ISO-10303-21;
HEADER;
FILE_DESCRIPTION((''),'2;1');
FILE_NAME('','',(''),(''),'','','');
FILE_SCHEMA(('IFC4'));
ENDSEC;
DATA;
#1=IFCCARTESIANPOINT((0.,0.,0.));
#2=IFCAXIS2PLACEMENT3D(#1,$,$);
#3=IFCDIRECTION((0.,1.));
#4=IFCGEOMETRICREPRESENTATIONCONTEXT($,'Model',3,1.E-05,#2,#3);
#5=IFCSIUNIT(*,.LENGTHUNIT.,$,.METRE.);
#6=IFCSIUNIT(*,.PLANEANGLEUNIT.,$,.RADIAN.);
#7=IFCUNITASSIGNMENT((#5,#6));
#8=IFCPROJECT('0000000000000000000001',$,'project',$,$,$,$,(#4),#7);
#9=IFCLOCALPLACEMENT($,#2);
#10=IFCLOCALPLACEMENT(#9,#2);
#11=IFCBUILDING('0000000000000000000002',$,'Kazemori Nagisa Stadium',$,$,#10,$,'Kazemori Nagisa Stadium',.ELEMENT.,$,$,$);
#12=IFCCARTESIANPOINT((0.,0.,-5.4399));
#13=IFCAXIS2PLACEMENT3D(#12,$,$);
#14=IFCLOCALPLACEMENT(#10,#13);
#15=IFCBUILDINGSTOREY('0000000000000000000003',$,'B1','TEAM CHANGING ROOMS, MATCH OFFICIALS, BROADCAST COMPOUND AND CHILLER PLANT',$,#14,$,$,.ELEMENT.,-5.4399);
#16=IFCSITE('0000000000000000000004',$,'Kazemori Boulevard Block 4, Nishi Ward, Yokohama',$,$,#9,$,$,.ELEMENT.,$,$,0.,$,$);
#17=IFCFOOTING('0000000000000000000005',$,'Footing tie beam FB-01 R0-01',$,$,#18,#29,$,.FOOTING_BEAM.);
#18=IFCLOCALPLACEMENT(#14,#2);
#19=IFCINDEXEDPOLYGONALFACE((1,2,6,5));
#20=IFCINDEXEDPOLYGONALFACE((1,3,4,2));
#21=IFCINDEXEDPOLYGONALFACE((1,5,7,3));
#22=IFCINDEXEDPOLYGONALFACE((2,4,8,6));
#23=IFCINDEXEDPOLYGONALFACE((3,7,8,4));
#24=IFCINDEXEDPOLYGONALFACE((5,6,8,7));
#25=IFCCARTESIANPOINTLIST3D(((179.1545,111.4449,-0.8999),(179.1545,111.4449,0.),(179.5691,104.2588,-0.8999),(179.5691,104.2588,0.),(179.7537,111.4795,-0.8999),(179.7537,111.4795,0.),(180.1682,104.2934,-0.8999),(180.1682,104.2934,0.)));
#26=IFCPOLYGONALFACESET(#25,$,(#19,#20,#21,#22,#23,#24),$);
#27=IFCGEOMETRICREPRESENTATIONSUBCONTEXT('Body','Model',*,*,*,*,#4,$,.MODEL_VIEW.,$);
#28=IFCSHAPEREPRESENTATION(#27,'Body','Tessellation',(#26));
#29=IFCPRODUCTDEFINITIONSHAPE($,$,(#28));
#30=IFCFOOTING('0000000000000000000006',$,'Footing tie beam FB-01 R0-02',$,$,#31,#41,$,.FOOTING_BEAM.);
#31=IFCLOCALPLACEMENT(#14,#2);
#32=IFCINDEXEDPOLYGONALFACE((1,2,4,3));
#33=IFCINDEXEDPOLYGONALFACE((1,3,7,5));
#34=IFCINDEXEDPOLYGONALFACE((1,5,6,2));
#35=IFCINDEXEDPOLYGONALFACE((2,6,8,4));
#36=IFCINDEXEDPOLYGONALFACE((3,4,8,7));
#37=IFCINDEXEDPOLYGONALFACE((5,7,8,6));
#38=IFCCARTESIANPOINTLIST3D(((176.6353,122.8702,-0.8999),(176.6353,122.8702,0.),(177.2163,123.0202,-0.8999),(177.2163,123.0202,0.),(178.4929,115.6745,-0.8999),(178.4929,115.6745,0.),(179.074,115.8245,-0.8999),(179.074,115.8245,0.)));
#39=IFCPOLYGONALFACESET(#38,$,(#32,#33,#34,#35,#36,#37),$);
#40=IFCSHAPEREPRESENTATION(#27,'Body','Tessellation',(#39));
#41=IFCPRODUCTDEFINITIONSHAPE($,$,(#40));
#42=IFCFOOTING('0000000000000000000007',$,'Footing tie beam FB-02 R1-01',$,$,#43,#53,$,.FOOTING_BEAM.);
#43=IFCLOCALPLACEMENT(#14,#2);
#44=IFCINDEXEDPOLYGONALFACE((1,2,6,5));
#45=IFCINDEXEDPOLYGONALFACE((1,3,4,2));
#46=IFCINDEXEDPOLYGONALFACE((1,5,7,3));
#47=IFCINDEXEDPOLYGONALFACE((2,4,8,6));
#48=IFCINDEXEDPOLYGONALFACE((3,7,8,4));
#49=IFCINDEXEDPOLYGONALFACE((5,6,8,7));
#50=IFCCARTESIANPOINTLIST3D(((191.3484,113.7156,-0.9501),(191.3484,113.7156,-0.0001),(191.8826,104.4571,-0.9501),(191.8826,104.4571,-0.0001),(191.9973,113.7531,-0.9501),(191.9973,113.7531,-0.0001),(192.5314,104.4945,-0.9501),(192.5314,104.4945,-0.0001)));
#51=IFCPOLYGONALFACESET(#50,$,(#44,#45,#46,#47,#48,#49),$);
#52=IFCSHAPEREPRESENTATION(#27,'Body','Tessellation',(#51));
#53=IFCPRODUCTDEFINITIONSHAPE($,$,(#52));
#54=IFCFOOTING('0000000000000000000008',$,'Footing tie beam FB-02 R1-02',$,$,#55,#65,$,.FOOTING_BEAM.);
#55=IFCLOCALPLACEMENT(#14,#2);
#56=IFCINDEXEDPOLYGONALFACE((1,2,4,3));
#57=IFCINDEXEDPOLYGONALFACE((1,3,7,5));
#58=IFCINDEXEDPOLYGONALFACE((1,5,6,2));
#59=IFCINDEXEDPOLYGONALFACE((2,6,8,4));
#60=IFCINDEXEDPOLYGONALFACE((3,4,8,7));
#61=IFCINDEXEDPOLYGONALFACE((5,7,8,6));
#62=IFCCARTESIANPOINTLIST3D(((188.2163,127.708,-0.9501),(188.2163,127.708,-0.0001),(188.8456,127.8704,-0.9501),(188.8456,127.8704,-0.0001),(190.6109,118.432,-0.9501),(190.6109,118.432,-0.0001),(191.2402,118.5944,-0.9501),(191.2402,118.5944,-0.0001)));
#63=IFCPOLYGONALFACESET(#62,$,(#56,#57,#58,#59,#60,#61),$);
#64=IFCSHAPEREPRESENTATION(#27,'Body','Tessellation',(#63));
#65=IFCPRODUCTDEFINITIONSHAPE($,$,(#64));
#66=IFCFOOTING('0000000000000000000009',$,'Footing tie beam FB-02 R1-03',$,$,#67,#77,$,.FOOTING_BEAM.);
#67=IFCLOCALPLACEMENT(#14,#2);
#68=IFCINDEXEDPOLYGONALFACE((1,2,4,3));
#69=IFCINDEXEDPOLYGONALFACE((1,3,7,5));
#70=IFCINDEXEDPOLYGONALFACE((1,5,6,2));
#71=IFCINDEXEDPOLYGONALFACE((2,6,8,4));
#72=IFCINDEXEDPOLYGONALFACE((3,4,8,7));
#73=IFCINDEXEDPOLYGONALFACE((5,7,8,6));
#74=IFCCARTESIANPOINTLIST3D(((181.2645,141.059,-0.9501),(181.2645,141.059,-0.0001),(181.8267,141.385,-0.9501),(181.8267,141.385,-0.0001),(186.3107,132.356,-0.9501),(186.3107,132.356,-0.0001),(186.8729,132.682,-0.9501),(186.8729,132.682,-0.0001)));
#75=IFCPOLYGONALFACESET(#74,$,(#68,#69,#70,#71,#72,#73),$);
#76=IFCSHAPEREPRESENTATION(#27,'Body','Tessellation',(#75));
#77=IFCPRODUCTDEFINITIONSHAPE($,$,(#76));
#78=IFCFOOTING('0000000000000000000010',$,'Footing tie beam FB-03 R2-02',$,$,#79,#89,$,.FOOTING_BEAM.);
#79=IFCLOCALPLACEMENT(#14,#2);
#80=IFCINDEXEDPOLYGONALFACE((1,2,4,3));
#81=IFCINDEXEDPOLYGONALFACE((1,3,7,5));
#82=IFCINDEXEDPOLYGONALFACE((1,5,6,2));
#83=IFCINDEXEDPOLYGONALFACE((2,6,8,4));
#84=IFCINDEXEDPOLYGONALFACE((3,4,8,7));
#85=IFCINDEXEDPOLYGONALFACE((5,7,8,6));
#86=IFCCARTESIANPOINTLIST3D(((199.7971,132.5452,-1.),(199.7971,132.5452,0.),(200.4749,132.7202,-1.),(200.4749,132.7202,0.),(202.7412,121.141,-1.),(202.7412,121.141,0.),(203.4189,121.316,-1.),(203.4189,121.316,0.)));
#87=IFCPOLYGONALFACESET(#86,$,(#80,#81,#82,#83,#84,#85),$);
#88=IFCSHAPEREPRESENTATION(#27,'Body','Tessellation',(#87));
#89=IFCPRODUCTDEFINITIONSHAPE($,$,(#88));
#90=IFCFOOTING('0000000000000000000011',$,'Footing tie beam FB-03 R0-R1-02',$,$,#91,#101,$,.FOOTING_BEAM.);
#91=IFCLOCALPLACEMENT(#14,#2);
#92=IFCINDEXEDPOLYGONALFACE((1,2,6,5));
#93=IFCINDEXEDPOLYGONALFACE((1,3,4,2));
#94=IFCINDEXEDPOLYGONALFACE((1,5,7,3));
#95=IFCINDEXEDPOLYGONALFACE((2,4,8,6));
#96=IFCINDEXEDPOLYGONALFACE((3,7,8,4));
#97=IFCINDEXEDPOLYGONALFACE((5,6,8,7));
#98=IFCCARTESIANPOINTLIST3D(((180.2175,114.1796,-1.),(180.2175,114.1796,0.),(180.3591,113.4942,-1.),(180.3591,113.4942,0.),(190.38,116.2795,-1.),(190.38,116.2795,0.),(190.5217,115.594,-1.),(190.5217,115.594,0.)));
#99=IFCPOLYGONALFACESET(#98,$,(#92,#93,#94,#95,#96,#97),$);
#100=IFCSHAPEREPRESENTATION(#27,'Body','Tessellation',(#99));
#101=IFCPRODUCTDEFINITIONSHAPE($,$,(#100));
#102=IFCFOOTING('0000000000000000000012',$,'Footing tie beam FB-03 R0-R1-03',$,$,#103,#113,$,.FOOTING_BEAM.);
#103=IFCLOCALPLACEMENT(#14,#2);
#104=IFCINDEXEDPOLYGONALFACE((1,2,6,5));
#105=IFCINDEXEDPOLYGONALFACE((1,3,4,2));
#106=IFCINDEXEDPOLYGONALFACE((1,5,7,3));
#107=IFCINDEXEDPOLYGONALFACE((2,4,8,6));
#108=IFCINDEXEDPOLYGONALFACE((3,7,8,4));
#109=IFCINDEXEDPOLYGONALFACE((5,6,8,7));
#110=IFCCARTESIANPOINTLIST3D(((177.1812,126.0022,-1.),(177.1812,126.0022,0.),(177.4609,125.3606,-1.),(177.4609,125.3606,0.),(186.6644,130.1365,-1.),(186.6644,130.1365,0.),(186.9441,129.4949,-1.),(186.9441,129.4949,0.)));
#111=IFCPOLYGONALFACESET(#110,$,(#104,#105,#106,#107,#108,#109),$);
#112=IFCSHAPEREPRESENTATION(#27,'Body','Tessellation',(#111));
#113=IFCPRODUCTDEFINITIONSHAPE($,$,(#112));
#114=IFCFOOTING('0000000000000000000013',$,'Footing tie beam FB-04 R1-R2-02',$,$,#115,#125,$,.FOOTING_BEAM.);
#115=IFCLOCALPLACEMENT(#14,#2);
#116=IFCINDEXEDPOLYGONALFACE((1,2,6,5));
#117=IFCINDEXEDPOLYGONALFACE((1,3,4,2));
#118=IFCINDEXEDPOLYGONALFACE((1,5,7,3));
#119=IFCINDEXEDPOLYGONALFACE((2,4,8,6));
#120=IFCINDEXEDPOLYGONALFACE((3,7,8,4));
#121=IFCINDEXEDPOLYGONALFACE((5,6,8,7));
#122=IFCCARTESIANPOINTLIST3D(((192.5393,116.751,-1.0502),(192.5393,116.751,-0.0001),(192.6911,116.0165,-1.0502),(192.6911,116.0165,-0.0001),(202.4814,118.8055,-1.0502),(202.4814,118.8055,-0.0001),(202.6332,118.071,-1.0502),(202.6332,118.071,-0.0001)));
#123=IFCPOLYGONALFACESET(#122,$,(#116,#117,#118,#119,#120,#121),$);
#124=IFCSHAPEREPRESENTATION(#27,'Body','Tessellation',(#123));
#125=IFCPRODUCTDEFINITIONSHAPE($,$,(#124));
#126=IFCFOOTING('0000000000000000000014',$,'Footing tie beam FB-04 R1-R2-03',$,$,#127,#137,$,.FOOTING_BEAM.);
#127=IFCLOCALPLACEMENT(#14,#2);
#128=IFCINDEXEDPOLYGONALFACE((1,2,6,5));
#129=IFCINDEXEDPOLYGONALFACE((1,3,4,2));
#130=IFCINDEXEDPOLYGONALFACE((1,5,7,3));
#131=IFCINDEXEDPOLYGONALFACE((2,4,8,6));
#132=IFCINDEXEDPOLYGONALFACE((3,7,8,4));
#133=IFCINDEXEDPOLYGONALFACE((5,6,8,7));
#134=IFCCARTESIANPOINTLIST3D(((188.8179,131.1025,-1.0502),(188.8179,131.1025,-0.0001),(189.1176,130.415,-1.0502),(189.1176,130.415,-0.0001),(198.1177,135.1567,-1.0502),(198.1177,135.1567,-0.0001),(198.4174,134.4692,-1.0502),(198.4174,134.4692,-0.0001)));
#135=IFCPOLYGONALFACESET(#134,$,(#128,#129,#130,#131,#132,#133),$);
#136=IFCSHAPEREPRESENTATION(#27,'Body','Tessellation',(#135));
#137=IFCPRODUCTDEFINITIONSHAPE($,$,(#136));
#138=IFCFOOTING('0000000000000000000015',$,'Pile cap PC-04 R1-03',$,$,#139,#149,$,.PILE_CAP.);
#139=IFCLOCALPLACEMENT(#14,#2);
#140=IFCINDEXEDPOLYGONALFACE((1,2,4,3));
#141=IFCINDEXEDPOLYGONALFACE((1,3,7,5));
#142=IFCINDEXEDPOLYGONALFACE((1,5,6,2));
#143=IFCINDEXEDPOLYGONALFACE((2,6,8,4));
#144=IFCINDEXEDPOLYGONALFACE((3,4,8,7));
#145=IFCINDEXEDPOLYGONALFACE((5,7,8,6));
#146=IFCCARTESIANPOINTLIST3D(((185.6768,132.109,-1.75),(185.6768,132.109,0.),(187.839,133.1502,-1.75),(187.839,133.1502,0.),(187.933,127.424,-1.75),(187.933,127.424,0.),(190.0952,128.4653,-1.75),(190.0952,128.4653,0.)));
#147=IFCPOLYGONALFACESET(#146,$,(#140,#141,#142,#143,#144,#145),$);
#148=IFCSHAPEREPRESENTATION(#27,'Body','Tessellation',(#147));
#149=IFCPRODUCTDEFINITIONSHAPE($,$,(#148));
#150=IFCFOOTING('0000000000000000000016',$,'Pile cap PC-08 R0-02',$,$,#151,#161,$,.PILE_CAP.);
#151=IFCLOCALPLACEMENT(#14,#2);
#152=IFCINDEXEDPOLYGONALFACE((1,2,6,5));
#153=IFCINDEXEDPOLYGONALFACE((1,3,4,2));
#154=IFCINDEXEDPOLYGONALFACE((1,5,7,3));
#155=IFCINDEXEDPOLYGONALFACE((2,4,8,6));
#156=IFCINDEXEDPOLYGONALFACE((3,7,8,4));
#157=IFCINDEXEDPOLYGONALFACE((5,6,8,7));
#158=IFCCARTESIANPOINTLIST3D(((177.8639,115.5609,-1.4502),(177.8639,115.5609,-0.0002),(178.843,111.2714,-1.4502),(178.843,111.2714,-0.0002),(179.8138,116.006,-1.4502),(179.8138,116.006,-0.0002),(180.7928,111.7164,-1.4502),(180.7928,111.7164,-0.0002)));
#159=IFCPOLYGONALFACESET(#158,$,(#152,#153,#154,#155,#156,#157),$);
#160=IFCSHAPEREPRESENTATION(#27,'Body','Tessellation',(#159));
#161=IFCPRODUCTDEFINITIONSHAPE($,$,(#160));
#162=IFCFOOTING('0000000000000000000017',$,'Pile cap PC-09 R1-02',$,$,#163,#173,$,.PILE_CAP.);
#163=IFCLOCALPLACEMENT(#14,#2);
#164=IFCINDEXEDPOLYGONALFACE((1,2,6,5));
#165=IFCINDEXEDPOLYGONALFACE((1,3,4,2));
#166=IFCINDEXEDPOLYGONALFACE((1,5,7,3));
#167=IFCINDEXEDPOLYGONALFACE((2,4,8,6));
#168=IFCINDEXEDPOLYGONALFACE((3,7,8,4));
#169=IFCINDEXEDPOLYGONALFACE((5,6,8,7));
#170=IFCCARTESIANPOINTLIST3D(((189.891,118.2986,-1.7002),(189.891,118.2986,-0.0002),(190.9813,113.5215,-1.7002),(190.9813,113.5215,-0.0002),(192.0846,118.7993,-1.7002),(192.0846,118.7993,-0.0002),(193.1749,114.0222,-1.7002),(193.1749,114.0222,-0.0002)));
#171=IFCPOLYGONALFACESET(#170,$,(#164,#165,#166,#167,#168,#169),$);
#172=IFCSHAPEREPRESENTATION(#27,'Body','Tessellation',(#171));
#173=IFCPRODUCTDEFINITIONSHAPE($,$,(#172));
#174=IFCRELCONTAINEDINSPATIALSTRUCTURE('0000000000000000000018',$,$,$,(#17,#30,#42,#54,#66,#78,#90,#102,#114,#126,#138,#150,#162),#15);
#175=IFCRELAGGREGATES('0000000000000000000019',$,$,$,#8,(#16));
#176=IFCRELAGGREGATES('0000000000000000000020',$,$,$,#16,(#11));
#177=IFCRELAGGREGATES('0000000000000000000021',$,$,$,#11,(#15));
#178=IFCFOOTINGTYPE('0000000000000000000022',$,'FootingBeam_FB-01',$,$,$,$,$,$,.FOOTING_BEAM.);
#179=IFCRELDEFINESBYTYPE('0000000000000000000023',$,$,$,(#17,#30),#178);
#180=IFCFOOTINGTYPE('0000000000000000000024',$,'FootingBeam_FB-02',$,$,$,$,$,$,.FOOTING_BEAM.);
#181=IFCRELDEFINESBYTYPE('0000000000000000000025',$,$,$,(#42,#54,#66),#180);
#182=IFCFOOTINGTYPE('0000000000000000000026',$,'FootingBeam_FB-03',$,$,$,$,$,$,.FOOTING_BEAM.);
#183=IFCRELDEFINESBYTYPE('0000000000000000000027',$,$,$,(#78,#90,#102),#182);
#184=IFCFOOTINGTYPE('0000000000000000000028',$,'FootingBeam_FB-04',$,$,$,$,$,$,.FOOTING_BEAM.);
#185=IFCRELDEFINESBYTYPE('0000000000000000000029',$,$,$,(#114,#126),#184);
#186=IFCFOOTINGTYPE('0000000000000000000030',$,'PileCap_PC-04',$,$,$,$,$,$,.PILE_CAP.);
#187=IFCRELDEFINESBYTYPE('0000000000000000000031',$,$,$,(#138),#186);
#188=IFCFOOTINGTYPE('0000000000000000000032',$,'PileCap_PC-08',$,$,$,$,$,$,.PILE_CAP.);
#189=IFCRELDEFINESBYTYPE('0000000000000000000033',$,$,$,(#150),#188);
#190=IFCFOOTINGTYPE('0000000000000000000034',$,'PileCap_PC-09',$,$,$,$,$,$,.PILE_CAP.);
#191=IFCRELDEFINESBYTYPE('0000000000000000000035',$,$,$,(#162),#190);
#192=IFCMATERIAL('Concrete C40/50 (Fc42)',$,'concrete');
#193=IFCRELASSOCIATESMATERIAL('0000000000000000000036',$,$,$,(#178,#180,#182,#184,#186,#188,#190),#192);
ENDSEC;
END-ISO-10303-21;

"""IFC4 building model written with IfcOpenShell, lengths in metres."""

from ifc_helpers import new_model, si_unit, direction, frame, origin, origin_2d, place, context, subcontext, project, spatial, rectangle, extrude, material, material_profile, profile_set, type_object, element, save


model = new_model("IFC4")

# Units and contexts
model_context = context("Model", 3, precision=1e-05, world=origin(), true_north=direction((0.0, 1.0)))
body_context = subcontext(model_context, "Body", "Model", "MODEL_VIEW")
ifc_project = project(units=[si_unit("LENGTHUNIT", "METRE"), si_unit("PLANEANGLEUNIT", "RADIAN")], contexts=[model_context])

# Site, building, storey
site_placement = place(None, origin())
site = spatial("IfcSite", under=ifc_project, at=site_placement, Name="Kazemori Boulevard Block 4, Nishi Ward, Yokohama", CompositionType="ELEMENT", RefElevation=0.0)
building_placement = place(site_placement, origin())
building = spatial("IfcBuilding", under=site, at=building_placement, Name="Kazemori Nagisa Stadium", LongName="Kazemori Nagisa Stadium", CompositionType="ELEMENT")
storey_placement = place(building_placement, frame((0.0, 0.0, -5.4399)))
storey = spatial("IfcBuildingStorey", under=building, at=storey_placement, Name="B1", Description="TEAM CHANGING ROOMS, MATCH OFFICIALS, BROADCAST COMPOUND AND CHILLER PLANT", CompositionType="ELEMENT", Elevation=-5.4399)

# Footings
ifc_material_1 = material(Name="Concrete C40/50 (Fc42)", Category="concrete")
ifc_material_profile_1 = material_profile(ifc_material_1, rectangle(XDim=0.6001, YDim=0.8999, at=origin_2d()), Name="RC-FB-600x900")
ifc_profile_set_1 = profile_set([ifc_material_profile_1], Name="Concrete C40/50 (Fc42)")
footing_type_1 = type_object("IfcFootingType", Name="FootingBeam_FB-01", PredefinedType="FOOTING_BEAM", material=ifc_profile_set_1)
footing_1_placement = place(storey_placement, frame((179.8687, 104.2761, -0.45), z_axis=(-0.057593, 0.99834, 0.0), x_axis=(-0.99834, -0.057593, 0.0)))
element("IfcFooting", 1, at=footing_1_placement, inside=storey, type_object=footing_type_1, Name="Footing tie beam FB-01 R0-01", PredefinedType="FOOTING_BEAM", context=body_context, shape_type="SweptSolid", body=[
    extrude(rectangle(XDim=0.6001, YDim=0.8999, at=origin_2d()), origin(), (0.0, 0.0, 1.0), 7.198),
])
footing_2_placement = place(storey_placement, frame((178.7834, 115.7495, -0.45), z_axis=(-0.249964, 0.968255, 0.0), x_axis=(-0.968255, -0.249964, 0.0)))
element("IfcFooting", 2, at=footing_2_placement, inside=storey, type_object=footing_type_1, Name="Footing tie beam FB-01 R0-02", PredefinedType="FOOTING_BEAM", context=body_context, shape_type="SweptSolid", body=[
    extrude(rectangle(XDim=0.6001, YDim=0.8999, at=origin_2d()), origin(), (0.0, 0.0, 1.0), 7.4316),
])
ifc_material_profile_2 = material_profile(ifc_material_1, rectangle(XDim=0.6499, YDim=0.95, at=origin_2d()), Name="RC-FB-650x950")
ifc_profile_set_2 = profile_set([ifc_material_profile_2], Name="Concrete C40/50 (Fc42)")
footing_type_2 = type_object("IfcFootingType", Name="FootingBeam_FB-02", PredefinedType="FOOTING_BEAM", material=ifc_profile_set_2)
footing_3_placement = place(storey_placement, frame((192.207, 104.4758, -0.4751), z_axis=(-0.0576, 0.99834, 0.0), x_axis=(-0.99834, -0.0576, 0.0)))
element("IfcFooting", 3, at=footing_3_placement, inside=storey, type_object=footing_type_2, Name="Footing tie beam FB-02 R1-01", PredefinedType="FOOTING_BEAM", context=body_context, shape_type="SweptSolid", body=[
    extrude(rectangle(XDim=0.6499, YDim=0.95, at=origin_2d()), origin(), (0.0, 0.0, 1.0), 9.2739),
])
footing_4_placement = place(storey_placement, frame((190.9255, 118.5132, -0.4751), z_axis=(-0.249952, 0.968258, 0.0), x_axis=(-0.968258, -0.249952, 0.0)))
element("IfcFooting", 4, at=footing_4_placement, inside=storey, type_object=footing_type_2, Name="Footing tie beam FB-02 R1-02", PredefinedType="FOOTING_BEAM", context=body_context, shape_type="SweptSolid", body=[
    extrude(rectangle(XDim=0.6499, YDim=0.95, at=origin_2d()), origin(), (0.0, 0.0, 1.0), 9.5801),
])
footing_5_placement = place(storey_placement, frame((186.5918, 132.519, -0.4751), z_axis=(-0.501604, 0.865097, 0.0), x_axis=(-0.865097, -0.501604, 0.0)))
element("IfcFooting", 5, at=footing_5_placement, inside=storey, type_object=footing_type_2, Name="Footing tie beam FB-02 R1-03", PredefinedType="FOOTING_BEAM", context=body_context, shape_type="SweptSolid", body=[
    extrude(rectangle(XDim=0.6499, YDim=0.95, at=origin_2d()), origin(), (0.0, 0.0, 1.0), 10.0601),
])
ifc_material_profile_3 = material_profile(ifc_material_1, rectangle(XDim=0.7, YDim=1.0, at=origin_2d()), Name="RC-FB-700x1000")
ifc_profile_set_3 = profile_set([ifc_material_profile_3], Name="Concrete C40/50 (Fc42)")
footing_type_3 = type_object("IfcFootingType", Name="FootingBeam_FB-03", PredefinedType="FOOTING_BEAM", material=ifc_profile_set_3)
footing_6_placement = place(storey_placement, frame((203.0801, 121.2285, -0.5), z_axis=(-0.249961, 0.968256, 0.0), x_axis=(-0.968256, -0.249961, 0.0)))
element("IfcFooting", 6, at=footing_6_placement, inside=storey, type_object=footing_type_3, Name="Footing tie beam FB-03 R2-02", PredefinedType="FOOTING_BEAM", context=body_context, shape_type="SweptSolid", body=[
    extrude(rectangle(XDim=0.7, YDim=1.0, at=origin_2d()), origin(), (0.0, 0.0, 1.0), 11.7781),
])
footing_7_placement = place(storey_placement, frame((180.2883, 113.8369, -0.5), z_axis=(0.979313, 0.202351, 0.0), x_axis=(-0.202351, 0.979313, 0.0)))
element("IfcFooting", 7, at=footing_7_placement, inside=storey, type_object=footing_type_3, Name="Footing tie beam FB-03 R0-R1-02", PredefinedType="FOOTING_BEAM", context=body_context, shape_type="SweptSolid", body=[
    extrude(rectangle(XDim=0.7, YDim=1.0, at=origin_2d()), origin(), (0.0, 0.0, 1.0), 10.3772),
])
footing_8_placement = place(storey_placement, frame((177.321, 125.6814, -0.5), z_axis=(0.916675, 0.399634, 0.0), x_axis=(-0.399634, 0.916675, 0.0)))
element("IfcFooting", 8, at=footing_8_placement, inside=storey, type_object=footing_type_3, Name="Footing tie beam FB-03 R0-R1-03", PredefinedType="FOOTING_BEAM", context=body_context, shape_type="SweptSolid", body=[
    extrude(rectangle(XDim=0.7, YDim=1.0, at=origin_2d()), origin(), (0.0, 0.0, 1.0), 10.3452),
])
ifc_material_profile_4 = material_profile(ifc_material_1, rectangle(XDim=0.75, YDim=1.05, at=origin_2d()), Name="RC-FB-750x1050")
ifc_profile_set_4 = profile_set([ifc_material_profile_4], Name="Concrete C40/50 (Fc42)")
footing_type_4 = type_object("IfcFootingType", Name="FootingBeam_FB-04", PredefinedType="FOOTING_BEAM", material=ifc_profile_set_4)
footing_9_placement = place(storey_placement, frame((192.6152, 116.3838, -0.5251), z_axis=(0.97931, 0.202365, 0.0), x_axis=(-0.202365, 0.97931, 0.0)))
element("IfcFooting", 9, at=footing_9_placement, inside=storey, type_object=footing_type_4, Name="Footing tie beam FB-04 R1-R2-02", PredefinedType="FOOTING_BEAM", context=body_context, shape_type="SweptSolid", body=[
    extrude(rectangle(XDim=0.75, YDim=1.05, at=origin_2d()), origin(), (0.0, 0.0, 1.0), 10.1521),
])
footing_10_placement = place(storey_placement, frame((188.9678, 130.7588, -0.5251), z_axis=(0.91668, 0.399622, 0.0), x_axis=(-0.399622, 0.91668, 0.0)))
element("IfcFooting", 10, at=footing_10_placement, inside=storey, type_object=footing_type_4, Name="Footing tie beam FB-04 R1-R2-03", PredefinedType="FOOTING_BEAM", context=body_context, shape_type="SweptSolid", body=[
    extrude(rectangle(XDim=0.75, YDim=1.05, at=origin_2d()), origin(), (0.0, 0.0, 1.0), 10.145),
])
footing_type_5 = type_object("IfcFootingType", Name="PileCap_PC-04", PredefinedType="PILE_CAP", material=ifc_material_1)
footing_11_placement = place(storey_placement, frame((187.886, 130.2871, -1.75), z_axis=(0.0, 0.0, 1.0), x_axis=(-0.433884, 0.900969, 0.0)))
element("IfcFooting", 11, at=footing_11_placement, inside=storey, type_object=footing_type_5, Name="Pile cap PC-04 R1-03", PredefinedType="PILE_CAP", context=body_context, shape_type="SweptSolid", body=[
    extrude(rectangle(XDim=5.2, YDim=2.3999, at=origin_2d()), origin(), (0.0, 0.0, 1.0), 1.75),
])
footing_type_6 = type_object("IfcFootingType", Name="PileCap_PC-08", PredefinedType="PILE_CAP", material=ifc_material_1)
footing_12_placement = place(storey_placement, frame((179.3284, 113.6387, -1.4502), z_axis=(0.0, 0.0, 1.0), x_axis=(-0.222521, 0.974928, 0.0)))
element("IfcFooting", 12, at=footing_12_placement, inside=storey, type_object=footing_type_6, Name="Pile cap PC-08 R0-02", PredefinedType="PILE_CAP", context=body_context, shape_type="SweptSolid", body=[
    extrude(rectangle(XDim=4.3999, YDim=2.0, at=origin_2d()), origin(), (0.0, 0.0, 1.0), 1.45),
])
footing_type_7 = type_object("IfcFootingType", Name="PileCap_PC-09", PredefinedType="PILE_CAP", material=ifc_material_1)
footing_13_placement = place(storey_placement, frame((191.533, 116.1604, -1.7002), z_axis=(0.0, 0.0, 1.0), x_axis=(-0.222521, 0.974928, 0.0)))
element("IfcFooting", 13, at=footing_13_placement, inside=storey, type_object=footing_type_7, Name="Pile cap PC-09 R1-02", PredefinedType="PILE_CAP", context=body_context, shape_type="SweptSolid", body=[
    extrude(rectangle(XDim=4.8999, YDim=2.25, at=origin_2d()), origin(), (0.0, 0.0, 1.0), 1.7),
])

save(model, "model.ifc")
